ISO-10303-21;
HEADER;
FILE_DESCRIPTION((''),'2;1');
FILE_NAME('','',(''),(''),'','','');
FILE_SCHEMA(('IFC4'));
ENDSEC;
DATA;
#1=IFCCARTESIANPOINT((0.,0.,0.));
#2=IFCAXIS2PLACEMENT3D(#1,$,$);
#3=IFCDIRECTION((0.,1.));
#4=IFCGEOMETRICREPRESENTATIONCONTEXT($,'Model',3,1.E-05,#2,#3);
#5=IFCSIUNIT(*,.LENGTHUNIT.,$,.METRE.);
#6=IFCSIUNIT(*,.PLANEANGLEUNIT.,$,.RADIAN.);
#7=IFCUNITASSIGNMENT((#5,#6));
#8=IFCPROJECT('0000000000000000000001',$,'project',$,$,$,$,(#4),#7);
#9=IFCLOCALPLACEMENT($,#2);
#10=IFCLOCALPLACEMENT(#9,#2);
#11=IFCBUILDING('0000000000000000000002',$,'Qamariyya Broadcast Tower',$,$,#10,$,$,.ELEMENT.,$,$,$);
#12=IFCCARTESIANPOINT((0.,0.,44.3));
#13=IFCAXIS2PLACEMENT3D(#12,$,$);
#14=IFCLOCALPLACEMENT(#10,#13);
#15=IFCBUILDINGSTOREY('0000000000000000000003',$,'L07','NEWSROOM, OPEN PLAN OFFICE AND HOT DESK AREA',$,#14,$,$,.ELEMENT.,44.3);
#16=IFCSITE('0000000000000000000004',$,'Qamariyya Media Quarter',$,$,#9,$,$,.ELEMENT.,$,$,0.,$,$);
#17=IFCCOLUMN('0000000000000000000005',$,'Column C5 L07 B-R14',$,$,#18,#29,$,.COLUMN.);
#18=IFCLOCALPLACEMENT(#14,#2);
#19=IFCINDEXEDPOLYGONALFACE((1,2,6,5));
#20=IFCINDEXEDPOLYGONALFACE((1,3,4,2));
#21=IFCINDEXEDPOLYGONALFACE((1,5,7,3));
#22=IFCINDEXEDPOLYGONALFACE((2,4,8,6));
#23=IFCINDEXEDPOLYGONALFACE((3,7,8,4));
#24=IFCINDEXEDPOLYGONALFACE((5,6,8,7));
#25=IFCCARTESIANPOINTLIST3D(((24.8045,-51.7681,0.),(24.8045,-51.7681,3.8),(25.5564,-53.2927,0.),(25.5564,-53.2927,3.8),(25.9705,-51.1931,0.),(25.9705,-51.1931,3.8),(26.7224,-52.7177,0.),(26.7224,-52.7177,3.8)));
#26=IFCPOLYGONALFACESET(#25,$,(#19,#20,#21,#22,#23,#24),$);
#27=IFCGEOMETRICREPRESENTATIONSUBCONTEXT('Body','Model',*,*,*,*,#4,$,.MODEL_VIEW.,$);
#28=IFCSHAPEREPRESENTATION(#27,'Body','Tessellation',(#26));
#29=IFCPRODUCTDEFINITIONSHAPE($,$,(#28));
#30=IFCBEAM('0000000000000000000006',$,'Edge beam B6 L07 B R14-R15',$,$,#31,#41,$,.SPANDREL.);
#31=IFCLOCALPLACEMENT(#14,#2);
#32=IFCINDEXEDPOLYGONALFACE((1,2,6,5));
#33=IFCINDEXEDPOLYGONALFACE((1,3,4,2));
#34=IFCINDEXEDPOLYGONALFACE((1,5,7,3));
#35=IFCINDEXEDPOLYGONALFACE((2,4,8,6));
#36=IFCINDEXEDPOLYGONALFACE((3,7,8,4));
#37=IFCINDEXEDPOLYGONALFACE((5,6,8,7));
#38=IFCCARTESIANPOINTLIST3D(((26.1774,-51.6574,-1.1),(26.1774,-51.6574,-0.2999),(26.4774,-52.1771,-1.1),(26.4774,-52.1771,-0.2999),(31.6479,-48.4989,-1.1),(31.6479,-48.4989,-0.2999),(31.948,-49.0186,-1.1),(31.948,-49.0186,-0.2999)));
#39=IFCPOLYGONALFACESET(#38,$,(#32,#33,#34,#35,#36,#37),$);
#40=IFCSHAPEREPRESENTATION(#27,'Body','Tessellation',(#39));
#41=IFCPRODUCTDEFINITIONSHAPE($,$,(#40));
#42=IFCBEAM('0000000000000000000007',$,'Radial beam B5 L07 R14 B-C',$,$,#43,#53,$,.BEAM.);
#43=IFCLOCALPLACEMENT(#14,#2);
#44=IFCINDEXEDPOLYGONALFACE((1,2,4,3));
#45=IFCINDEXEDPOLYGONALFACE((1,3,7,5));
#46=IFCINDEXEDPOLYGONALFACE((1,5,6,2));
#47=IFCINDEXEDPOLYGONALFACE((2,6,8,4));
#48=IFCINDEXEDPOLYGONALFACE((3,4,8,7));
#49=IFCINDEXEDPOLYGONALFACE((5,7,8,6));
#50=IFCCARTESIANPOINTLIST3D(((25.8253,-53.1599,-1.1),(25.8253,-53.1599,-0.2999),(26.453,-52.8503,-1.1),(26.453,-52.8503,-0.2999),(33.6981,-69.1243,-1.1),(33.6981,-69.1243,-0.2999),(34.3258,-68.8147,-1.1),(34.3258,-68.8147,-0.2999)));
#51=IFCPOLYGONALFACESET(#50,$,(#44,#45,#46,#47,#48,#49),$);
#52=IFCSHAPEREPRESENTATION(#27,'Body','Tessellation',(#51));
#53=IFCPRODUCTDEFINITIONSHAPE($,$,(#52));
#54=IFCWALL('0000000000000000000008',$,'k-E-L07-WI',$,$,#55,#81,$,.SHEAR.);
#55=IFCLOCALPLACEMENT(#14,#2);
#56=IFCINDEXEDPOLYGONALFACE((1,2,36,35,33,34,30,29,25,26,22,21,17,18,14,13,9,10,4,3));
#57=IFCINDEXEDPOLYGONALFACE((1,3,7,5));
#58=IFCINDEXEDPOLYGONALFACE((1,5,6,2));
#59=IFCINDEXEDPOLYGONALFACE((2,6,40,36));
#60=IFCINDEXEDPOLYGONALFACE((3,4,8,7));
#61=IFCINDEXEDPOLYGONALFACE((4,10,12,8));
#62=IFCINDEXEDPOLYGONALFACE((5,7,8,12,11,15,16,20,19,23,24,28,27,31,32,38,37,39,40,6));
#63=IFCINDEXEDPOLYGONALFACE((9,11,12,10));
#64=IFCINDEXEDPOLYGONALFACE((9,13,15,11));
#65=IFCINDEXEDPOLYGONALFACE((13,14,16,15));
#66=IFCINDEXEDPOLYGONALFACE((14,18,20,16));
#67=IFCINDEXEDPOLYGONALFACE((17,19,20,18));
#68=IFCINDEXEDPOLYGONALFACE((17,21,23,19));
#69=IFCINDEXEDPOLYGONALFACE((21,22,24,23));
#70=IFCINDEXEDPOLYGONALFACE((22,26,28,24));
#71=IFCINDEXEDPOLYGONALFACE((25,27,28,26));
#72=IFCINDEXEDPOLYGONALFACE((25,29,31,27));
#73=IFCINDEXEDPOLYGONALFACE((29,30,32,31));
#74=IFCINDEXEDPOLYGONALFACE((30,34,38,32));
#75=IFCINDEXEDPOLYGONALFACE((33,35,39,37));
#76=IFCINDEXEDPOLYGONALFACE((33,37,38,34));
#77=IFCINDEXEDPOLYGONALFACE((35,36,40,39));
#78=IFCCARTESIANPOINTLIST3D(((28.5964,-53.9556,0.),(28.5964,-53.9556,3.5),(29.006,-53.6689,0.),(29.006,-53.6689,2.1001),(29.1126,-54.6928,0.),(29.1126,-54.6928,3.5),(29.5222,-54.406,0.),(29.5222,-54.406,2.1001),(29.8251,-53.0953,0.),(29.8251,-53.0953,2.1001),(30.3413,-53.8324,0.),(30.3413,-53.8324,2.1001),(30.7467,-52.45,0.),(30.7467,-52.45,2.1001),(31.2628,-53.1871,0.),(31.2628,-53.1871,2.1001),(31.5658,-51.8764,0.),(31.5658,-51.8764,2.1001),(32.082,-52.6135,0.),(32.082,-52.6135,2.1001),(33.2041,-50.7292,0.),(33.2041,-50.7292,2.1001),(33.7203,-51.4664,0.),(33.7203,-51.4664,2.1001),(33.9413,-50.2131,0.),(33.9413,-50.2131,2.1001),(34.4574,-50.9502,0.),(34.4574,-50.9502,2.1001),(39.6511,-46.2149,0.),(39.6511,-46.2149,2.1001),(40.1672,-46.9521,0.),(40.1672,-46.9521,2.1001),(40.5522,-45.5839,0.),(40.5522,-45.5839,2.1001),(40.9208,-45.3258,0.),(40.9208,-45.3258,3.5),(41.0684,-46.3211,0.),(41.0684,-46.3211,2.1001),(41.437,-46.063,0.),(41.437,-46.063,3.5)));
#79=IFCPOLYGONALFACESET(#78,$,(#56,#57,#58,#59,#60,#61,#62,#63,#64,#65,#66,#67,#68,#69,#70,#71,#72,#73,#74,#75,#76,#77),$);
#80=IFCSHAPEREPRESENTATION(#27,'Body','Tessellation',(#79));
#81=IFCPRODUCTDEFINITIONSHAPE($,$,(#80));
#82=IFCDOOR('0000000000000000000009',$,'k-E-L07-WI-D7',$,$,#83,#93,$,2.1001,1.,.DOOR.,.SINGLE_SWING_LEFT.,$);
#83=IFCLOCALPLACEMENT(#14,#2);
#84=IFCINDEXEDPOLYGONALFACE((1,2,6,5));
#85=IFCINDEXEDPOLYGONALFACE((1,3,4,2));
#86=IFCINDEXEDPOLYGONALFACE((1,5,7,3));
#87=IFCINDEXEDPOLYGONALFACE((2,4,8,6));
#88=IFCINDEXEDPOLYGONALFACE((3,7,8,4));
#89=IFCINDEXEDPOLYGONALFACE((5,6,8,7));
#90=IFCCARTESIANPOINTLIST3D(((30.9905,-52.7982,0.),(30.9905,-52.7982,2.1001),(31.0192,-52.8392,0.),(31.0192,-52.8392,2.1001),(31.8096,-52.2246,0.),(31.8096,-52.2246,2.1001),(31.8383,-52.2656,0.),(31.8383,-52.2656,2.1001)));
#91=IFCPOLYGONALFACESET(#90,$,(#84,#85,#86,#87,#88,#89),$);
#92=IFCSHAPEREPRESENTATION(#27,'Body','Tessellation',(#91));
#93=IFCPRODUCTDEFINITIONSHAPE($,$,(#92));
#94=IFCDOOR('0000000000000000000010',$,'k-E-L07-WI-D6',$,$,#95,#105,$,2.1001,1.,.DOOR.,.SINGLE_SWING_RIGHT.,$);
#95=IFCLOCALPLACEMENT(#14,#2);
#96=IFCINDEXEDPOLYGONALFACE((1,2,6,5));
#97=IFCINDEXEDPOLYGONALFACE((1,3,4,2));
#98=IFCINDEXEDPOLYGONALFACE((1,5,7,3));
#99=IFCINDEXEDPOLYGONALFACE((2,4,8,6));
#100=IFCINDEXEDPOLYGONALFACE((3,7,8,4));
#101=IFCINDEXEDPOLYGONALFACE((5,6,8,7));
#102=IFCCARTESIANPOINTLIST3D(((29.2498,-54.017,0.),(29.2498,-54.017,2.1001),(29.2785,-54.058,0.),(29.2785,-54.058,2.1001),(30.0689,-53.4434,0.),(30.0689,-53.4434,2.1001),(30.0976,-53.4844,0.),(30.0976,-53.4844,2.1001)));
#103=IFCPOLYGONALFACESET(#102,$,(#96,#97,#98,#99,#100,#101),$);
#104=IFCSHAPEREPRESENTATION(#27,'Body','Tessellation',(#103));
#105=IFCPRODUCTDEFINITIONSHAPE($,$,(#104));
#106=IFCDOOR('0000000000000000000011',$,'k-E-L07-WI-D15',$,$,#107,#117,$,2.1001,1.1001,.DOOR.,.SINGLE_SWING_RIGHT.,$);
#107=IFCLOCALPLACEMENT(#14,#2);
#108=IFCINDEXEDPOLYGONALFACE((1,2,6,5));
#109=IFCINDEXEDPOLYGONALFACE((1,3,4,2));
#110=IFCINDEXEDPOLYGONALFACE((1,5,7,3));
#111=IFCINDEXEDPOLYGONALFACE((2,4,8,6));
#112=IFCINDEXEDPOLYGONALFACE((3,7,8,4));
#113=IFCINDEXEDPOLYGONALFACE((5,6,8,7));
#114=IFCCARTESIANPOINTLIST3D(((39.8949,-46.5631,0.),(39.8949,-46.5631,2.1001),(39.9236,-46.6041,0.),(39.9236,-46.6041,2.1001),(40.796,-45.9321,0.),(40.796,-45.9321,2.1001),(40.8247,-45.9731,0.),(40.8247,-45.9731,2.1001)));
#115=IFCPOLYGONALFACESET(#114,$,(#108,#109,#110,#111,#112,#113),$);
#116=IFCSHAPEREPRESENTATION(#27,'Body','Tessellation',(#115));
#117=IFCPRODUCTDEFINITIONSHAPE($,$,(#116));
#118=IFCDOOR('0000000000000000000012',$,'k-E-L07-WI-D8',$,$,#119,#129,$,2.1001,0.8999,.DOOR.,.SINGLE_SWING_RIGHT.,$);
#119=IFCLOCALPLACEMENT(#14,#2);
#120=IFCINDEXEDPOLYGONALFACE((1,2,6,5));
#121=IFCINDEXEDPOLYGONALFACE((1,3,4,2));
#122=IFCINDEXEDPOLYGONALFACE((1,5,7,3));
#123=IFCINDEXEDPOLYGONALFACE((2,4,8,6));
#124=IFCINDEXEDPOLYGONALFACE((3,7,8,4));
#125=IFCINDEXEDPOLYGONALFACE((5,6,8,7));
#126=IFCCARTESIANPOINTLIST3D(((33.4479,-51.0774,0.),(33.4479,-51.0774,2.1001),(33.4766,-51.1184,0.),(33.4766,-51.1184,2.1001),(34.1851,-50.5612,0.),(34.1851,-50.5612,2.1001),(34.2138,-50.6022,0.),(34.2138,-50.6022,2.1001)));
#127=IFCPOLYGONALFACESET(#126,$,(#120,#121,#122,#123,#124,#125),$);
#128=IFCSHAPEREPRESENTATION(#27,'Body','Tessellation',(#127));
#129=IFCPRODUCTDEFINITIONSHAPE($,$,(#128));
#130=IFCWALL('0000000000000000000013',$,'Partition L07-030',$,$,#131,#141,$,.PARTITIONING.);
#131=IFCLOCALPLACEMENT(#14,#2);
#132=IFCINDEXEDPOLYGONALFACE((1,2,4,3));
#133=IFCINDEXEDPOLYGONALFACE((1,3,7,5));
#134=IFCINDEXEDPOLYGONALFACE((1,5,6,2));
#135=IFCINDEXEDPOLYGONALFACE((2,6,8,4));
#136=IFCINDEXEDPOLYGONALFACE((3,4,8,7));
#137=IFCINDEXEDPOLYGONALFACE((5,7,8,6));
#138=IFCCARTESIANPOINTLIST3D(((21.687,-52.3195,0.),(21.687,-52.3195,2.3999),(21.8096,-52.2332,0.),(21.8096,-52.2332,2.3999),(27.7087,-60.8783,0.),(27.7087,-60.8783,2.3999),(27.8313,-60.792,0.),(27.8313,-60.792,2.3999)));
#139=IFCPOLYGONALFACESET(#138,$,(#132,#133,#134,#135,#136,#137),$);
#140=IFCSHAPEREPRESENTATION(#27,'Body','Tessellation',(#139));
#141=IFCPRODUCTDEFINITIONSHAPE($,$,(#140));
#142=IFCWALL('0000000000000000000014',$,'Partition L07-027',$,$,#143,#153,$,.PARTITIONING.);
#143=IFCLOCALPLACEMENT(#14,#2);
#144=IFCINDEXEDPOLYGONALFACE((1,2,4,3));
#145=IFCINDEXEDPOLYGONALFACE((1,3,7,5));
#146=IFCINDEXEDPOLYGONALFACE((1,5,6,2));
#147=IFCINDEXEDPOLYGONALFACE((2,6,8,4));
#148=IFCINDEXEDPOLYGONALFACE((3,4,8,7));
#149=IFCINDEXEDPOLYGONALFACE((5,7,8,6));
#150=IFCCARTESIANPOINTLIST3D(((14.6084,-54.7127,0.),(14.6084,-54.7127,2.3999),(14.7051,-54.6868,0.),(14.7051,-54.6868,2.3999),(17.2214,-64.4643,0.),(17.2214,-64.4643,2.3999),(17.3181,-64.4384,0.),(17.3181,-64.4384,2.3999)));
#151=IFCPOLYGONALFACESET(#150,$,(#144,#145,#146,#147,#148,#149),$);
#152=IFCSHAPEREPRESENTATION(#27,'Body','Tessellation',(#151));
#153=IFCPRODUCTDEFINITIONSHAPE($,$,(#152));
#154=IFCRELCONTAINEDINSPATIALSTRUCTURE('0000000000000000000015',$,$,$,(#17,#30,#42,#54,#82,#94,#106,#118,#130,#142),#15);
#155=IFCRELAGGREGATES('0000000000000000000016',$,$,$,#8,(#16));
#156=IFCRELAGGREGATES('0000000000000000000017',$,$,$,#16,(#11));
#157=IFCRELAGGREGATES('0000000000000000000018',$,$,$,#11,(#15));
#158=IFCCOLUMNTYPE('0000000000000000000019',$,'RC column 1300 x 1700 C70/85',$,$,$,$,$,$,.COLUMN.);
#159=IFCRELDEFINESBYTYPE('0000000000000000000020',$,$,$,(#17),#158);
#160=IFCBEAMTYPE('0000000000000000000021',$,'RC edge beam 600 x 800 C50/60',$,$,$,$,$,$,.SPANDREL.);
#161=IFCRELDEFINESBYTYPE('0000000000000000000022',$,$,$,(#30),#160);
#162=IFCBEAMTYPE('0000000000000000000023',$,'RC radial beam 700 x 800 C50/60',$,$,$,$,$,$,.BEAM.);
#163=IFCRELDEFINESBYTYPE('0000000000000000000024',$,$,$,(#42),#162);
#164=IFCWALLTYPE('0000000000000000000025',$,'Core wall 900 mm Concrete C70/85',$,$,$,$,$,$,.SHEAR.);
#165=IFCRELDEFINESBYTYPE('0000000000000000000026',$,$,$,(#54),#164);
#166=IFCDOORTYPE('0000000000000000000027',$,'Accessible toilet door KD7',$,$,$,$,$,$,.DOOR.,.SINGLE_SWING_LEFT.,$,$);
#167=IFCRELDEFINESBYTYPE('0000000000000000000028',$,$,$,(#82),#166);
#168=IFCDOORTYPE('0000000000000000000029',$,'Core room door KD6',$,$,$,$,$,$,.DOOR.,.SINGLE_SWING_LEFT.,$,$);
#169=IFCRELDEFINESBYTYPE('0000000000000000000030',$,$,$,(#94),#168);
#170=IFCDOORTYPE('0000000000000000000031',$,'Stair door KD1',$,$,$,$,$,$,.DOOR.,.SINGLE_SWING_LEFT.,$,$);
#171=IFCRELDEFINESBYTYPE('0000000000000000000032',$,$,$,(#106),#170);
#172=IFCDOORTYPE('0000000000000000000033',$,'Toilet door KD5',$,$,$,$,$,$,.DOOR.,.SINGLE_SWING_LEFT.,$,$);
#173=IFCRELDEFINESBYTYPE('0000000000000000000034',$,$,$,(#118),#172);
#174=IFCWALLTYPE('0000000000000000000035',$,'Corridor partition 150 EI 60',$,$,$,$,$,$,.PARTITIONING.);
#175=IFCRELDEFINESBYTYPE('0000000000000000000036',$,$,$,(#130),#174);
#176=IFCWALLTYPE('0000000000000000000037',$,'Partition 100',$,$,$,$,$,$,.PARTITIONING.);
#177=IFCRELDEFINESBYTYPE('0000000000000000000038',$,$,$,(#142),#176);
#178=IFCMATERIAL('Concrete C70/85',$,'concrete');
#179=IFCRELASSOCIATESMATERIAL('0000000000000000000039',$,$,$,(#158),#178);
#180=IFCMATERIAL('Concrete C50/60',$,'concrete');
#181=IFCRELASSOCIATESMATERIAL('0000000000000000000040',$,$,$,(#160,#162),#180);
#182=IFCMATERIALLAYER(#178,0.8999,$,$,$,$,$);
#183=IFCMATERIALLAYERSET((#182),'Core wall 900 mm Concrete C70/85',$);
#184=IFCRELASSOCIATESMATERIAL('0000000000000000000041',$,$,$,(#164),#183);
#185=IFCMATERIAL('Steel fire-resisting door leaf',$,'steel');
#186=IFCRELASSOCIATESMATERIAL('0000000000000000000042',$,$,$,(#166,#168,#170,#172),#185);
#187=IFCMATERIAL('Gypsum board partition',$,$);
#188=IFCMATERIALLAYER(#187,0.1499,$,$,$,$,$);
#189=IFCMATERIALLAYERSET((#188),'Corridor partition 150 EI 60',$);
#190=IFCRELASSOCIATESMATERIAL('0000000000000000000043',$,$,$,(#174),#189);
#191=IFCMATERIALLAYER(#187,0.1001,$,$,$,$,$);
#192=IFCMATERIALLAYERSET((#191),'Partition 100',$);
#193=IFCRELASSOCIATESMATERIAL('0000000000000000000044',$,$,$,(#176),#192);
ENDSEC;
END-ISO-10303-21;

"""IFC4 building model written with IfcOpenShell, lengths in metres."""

from ifc_helpers import new_model, si_unit, direction, frame, frame_2d, origin, origin_2d, place, context, subcontext, project, spatial, rectangle, extrude, material, layer, layer_set, material_profile, profile_set, type_object, element, fill, save


model = new_model("IFC4")

# Units and contexts
model_context = context("Model", 3, precision=1e-05, world=origin(), true_north=direction((0.0, 1.0)))
body_context = subcontext(model_context, "Body", "Model", "MODEL_VIEW")
ifc_project = project(units=[si_unit("LENGTHUNIT", "METRE"), si_unit("PLANEANGLEUNIT", "RADIAN")], contexts=[model_context])

# Site, building, storey
site_placement = place(None, origin())
site = spatial("IfcSite", under=ifc_project, at=site_placement, Name="Qamariyya Media Quarter", CompositionType="ELEMENT", RefElevation=0.0)
building_placement = place(site_placement, origin())
building = spatial("IfcBuilding", under=site, at=building_placement, Name="Qamariyya Broadcast Tower", CompositionType="ELEMENT")
storey_placement = place(building_placement, frame((0.0, 0.0, 44.3)))
storey = spatial("IfcBuildingStorey", under=building, at=storey_placement, Name="L07", Description="NEWSROOM, OPEN PLAN OFFICE AND HOT DESK AREA", CompositionType="ELEMENT", Elevation=44.3)

# Column
ifc_material_1 = material(Name="Concrete C70/85", Category="concrete")
ifc_material_profile_1 = material_profile(ifc_material_1, rectangle(XDim=1.3, YDim=1.7, at=origin_2d()))
ifc_profile_set_1 = profile_set([ifc_material_profile_1], Name="Concrete C70/85")
column_type = type_object("IfcColumnType", Name="RC column 1300 x 1700 C70/85", PredefinedType="COLUMN", material=ifc_profile_set_1)
column_placement = place(storey_placement, frame((25.7634, -52.2429, 0.0), z_axis=(0.0, 0.0, 1.0), x_axis=(0.896873, 0.442289, 0.0)))
element("IfcColumn", 1, at=column_placement, inside=storey, type_object=column_type, Name="Column C5 L07 B-R14", PredefinedType="COLUMN", context=body_context, shape_type="SweptSolid", body=[
    extrude(rectangle(XDim=1.3, YDim=1.7, at=origin_2d()), origin(), (0.0, 0.0, 1.0), 3.8),
])

# Beams
ifc_material_2 = material(Name="Concrete C50/60", Category="concrete")
ifc_material_profile_2 = material_profile(ifc_material_2, rectangle(XDim=0.6001, YDim=0.8, at=origin_2d()))
ifc_profile_set_2 = profile_set([ifc_material_profile_2], Name="Concrete C50/60")
beam_type_1 = type_object("IfcBeamType", Name="RC edge beam 600 x 800 C50/60", PredefinedType="SPANDREL", material=ifc_profile_set_2)
beam_1_placement = place(storey_placement, frame((26.3274, -51.9172, -0.7), z_axis=(0.86602, 0.500009, 0.0), x_axis=(-0.500009, 0.86602, 0.0)))
element("IfcBeam", 2, at=beam_1_placement, inside=storey, type_object=beam_type_1, Name="Edge beam B6 L07 B R14-R15", PredefinedType="SPANDREL", context=body_context, shape_type="SweptSolid", body=[
    extrude(rectangle(XDim=0.6001, YDim=0.8, at=origin_2d()), origin(), (0.0, 0.0, 1.0), 6.3169),
])
ifc_material_profile_3 = material_profile(ifc_material_2, rectangle(XDim=0.7, YDim=0.8, at=origin_2d()))
ifc_profile_set_3 = profile_set([ifc_material_profile_3], Name="Concrete C50/60")
beam_type_2 = type_object("IfcBeamType", Name="RC radial beam 700 x 800 C50/60", PredefinedType="BEAM", material=ifc_profile_set_3)
beam_2_placement = place(storey_placement, frame((26.1392, -53.0051, -0.7), z_axis=(0.442291, -0.896872, 0.0), x_axis=(0.896872, 0.442291, 0.0)))
element("IfcBeam", 3, at=beam_2_placement, inside=storey, type_object=beam_type_2, Name="Radial beam B5 L07 R14 B-C", PredefinedType="BEAM", context=body_context, shape_type="SweptSolid", body=[
    extrude(rectangle(XDim=0.7, YDim=0.8, at=origin_2d()), origin(), (0.0, 0.0, 1.0), 17.8),
])

# Wall, openings, doors
ifc_layer_1 = layer(ifc_material_1, 0.8999)
ifc_layer_set_1 = layer_set([ifc_layer_1], Name="Core wall 900 mm Concrete C70/85")
wall_type_1 = type_object("IfcWallType", Name="Core wall 900 mm Concrete C70/85", PredefinedType="SHEAR", material=ifc_layer_set_1)
wall_1_placement = place(storey_placement, frame((28.8545, -54.3242, 0.0), z_axis=(0.0, 0.0, 1.0), x_axis=(0.819146, 0.573585, 0.0)))
wall_1 = element("IfcWall", 4, at=wall_1_placement, inside=storey, type_object=wall_type_1, Name="k-E-L07-WI", PredefinedType="SHEAR", context=body_context, shape_type="SweptSolid", body=[
    extrude(rectangle(XDim=15.0454, YDim=0.8999, at=frame_2d((7.5227, 0.0))), origin(), (0.0, 0.0, 1.0), 3.5),
])
opening_1_placement = place(wall_1_placement, frame((0.5, 0.0, 0.0)))
opening_1 = element("IfcOpeningElement", 5, at=opening_1_placement, cuts=wall_1, PredefinedType="OPENING", context=body_context, shape_type="SweptSolid", body=[
    extrude(rectangle(XDim=1.0, YDim=2.1001, at=frame_2d((0.5, 1.05))), frame((0.0, 0.46, 0.0), z_axis=(0.0, -1.0, 0.0), x_axis=(1.0, 0.0, 0.0)), (0.0, 0.0, 1.0), 0.9199),
])
opening_2_placement = place(wall_1_placement, frame((2.625, 0.0, 0.0)))
opening_2 = element("IfcOpeningElement", 6, at=opening_2_placement, cuts=wall_1, PredefinedType="OPENING", context=body_context, shape_type="SweptSolid", body=[
    extrude(rectangle(XDim=1.0, YDim=2.1001, at=frame_2d((0.5, 1.05))), frame((0.0, 0.46, 0.0), z_axis=(0.0, -1.0, 0.0), x_axis=(1.0, 0.0, 0.0)), (0.0, 0.0, 1.0), 0.9199),
])
opening_3_placement = place(wall_1_placement, frame((5.625, 0.0, 0.0)))
opening_3 = element("IfcOpeningElement", 7, at=opening_3_placement, cuts=wall_1, PredefinedType="OPENING", context=body_context, shape_type="SweptSolid", body=[
    extrude(rectangle(XDim=0.8999, YDim=2.1001, at=frame_2d((0.45, 1.05))), frame((0.0, 0.46, 0.0), z_axis=(0.0, -1.0, 0.0), x_axis=(1.0, 0.0, 0.0)), (0.0, 0.0, 1.0), 0.9199),
])
opening_4_placement = place(wall_1_placement, frame((13.4954, 0.0, 0.0)))
opening_4 = element("IfcOpeningElement", 8, at=opening_4_placement, cuts=wall_1, PredefinedType="OPENING", context=body_context, shape_type="SweptSolid", body=[
    extrude(rectangle(XDim=1.1001, YDim=2.1001, at=frame_2d((0.55, 1.05))), frame((0.0, 0.46, 0.0), z_axis=(0.0, -1.0, 0.0), x_axis=(1.0, 0.0, 0.0)), (0.0, 0.0, 1.0), 0.9199),
])
ifc_material_3 = material(Name="Steel fire-resisting door leaf", Category="steel")
door_type_1 = type_object("IfcDoorType", Name="Accessible toilet door KD7", OperationType="SINGLE_SWING_LEFT", PredefinedType="DOOR", material=ifc_material_3)
door_1_placement = place(opening_2_placement, origin())
door_1 = element("IfcDoor", 9, at=door_1_placement, inside=storey, type_object=door_type_1, Name="k-E-L07-WI-D7", OperationType="SINGLE_SWING_LEFT", OverallHeight=2.1001, OverallWidth=1.0, PredefinedType="DOOR", context=body_context, shape_type="SweptSolid", body=[
    extrude(rectangle(XDim=1.0, YDim=2.1001, at=frame_2d((0.5, 1.05))), frame((0.0, 0.0249, 0.0), z_axis=(0.0, -1.0, 0.0), x_axis=(1.0, 0.0, 0.0)), (0.0, 0.0, 1.0), 0.05),
])
fill(opening_2, door_1)
door_type_2 = type_object("IfcDoorType", Name="Core room door KD6", OperationType="SINGLE_SWING_LEFT", PredefinedType="DOOR", material=ifc_material_3)
door_2_placement = place(opening_1_placement, origin())
door_2 = element("IfcDoor", 10, at=door_2_placement, inside=storey, type_object=door_type_2, Name="k-E-L07-WI-D6", OperationType="SINGLE_SWING_RIGHT", OverallHeight=2.1001, OverallWidth=1.0, PredefinedType="DOOR", context=body_context, shape_type="SweptSolid", body=[
    extrude(rectangle(XDim=1.0, YDim=2.1001, at=frame_2d((0.5, 1.05))), frame((0.0, 0.0249, 0.0), z_axis=(0.0, -1.0, 0.0), x_axis=(1.0, 0.0, 0.0)), (0.0, 0.0, 1.0), 0.05),
])
fill(opening_1, door_2)
door_type_3 = type_object("IfcDoorType", Name="Stair door KD1", OperationType="SINGLE_SWING_LEFT", PredefinedType="DOOR", material=ifc_material_3)
door_3_placement = place(opening_4_placement, origin())
door_3 = element("IfcDoor", 11, at=door_3_placement, inside=storey, type_object=door_type_3, Name="k-E-L07-WI-D15", OperationType="SINGLE_SWING_RIGHT", OverallHeight=2.1001, OverallWidth=1.1001, PredefinedType="DOOR", context=body_context, shape_type="SweptSolid", body=[
    extrude(rectangle(XDim=1.1001, YDim=2.1001, at=frame_2d((0.55, 1.05))), frame((0.0, 0.0249, 0.0), z_axis=(0.0, -1.0, 0.0), x_axis=(1.0, 0.0, 0.0)), (0.0, 0.0, 1.0), 0.05),
])
fill(opening_4, door_3)
door_type_4 = type_object("IfcDoorType", Name="Toilet door KD5", OperationType="SINGLE_SWING_LEFT", PredefinedType="DOOR", material=ifc_material_3)
door_4_placement = place(opening_3_placement, origin())
door_4 = element("IfcDoor", 12, at=door_4_placement, inside=storey, type_object=door_type_4, Name="k-E-L07-WI-D8", OperationType="SINGLE_SWING_RIGHT", OverallHeight=2.1001, OverallWidth=0.8999, PredefinedType="DOOR", context=body_context, shape_type="SweptSolid", body=[
    extrude(rectangle(XDim=0.8999, YDim=2.1001, at=frame_2d((0.45, 1.05))), frame((0.0, 0.0249, 0.0), z_axis=(0.0, -1.0, 0.0), x_axis=(1.0, 0.0, 0.0)), (0.0, 0.0, 1.0), 0.05),
])
fill(opening_3, door_4)

# Walls
ifc_material_4 = material(Name="Gypsum board partition")
ifc_layer_2 = layer(ifc_material_4, 0.1499)
ifc_layer_set_2 = layer_set([ifc_layer_2], Name="Corridor partition 150 EI 60")
wall_type_2 = type_object("IfcWallType", Name="Corridor partition 150 EI 60", PredefinedType="PARTITIONING", material=ifc_layer_set_2)
wall_2_placement = place(storey_placement, frame((21.7483, -52.2764, 0.0), z_axis=(0.0, 0.0, 1.0), x_axis=(0.575419, -0.817858, 0.0)))
element("IfcWall", 13, at=wall_2_placement, inside=storey, type_object=wall_type_2, Name="Partition L07-030", PredefinedType="PARTITIONING", context=body_context, shape_type="SweptSolid", body=[
    extrude(rectangle(XDim=10.4648, YDim=0.1499, at=frame_2d((5.2324, 0.0))), origin(), (0.0, 0.0, 1.0), 2.3999),
])
ifc_layer_3 = layer(ifc_material_4, 0.1001)
ifc_layer_set_3 = layer_set([ifc_layer_3], Name="Partition 100")
wall_type_3 = type_object("IfcWallType", Name="Partition 100", PredefinedType="PARTITIONING", material=ifc_layer_set_3)
wall_3_placement = place(storey_placement, frame((14.6567, -54.6997, 0.0), z_axis=(0.0, 0.0, 1.0), x_axis=(0.258826, -0.965924, 0.0)))
element("IfcWall", 14, at=wall_3_placement, inside=storey, type_object=wall_type_3, Name="Partition L07-027", PredefinedType="PARTITIONING", context=body_context, shape_type="SweptSolid", body=[
    extrude(rectangle(XDim=10.0957, YDim=0.1001, at=frame_2d((5.0479, 0.0))), origin(), (0.0, 0.0, 1.0), 2.3999),
])

save(model, "model.ifc")
